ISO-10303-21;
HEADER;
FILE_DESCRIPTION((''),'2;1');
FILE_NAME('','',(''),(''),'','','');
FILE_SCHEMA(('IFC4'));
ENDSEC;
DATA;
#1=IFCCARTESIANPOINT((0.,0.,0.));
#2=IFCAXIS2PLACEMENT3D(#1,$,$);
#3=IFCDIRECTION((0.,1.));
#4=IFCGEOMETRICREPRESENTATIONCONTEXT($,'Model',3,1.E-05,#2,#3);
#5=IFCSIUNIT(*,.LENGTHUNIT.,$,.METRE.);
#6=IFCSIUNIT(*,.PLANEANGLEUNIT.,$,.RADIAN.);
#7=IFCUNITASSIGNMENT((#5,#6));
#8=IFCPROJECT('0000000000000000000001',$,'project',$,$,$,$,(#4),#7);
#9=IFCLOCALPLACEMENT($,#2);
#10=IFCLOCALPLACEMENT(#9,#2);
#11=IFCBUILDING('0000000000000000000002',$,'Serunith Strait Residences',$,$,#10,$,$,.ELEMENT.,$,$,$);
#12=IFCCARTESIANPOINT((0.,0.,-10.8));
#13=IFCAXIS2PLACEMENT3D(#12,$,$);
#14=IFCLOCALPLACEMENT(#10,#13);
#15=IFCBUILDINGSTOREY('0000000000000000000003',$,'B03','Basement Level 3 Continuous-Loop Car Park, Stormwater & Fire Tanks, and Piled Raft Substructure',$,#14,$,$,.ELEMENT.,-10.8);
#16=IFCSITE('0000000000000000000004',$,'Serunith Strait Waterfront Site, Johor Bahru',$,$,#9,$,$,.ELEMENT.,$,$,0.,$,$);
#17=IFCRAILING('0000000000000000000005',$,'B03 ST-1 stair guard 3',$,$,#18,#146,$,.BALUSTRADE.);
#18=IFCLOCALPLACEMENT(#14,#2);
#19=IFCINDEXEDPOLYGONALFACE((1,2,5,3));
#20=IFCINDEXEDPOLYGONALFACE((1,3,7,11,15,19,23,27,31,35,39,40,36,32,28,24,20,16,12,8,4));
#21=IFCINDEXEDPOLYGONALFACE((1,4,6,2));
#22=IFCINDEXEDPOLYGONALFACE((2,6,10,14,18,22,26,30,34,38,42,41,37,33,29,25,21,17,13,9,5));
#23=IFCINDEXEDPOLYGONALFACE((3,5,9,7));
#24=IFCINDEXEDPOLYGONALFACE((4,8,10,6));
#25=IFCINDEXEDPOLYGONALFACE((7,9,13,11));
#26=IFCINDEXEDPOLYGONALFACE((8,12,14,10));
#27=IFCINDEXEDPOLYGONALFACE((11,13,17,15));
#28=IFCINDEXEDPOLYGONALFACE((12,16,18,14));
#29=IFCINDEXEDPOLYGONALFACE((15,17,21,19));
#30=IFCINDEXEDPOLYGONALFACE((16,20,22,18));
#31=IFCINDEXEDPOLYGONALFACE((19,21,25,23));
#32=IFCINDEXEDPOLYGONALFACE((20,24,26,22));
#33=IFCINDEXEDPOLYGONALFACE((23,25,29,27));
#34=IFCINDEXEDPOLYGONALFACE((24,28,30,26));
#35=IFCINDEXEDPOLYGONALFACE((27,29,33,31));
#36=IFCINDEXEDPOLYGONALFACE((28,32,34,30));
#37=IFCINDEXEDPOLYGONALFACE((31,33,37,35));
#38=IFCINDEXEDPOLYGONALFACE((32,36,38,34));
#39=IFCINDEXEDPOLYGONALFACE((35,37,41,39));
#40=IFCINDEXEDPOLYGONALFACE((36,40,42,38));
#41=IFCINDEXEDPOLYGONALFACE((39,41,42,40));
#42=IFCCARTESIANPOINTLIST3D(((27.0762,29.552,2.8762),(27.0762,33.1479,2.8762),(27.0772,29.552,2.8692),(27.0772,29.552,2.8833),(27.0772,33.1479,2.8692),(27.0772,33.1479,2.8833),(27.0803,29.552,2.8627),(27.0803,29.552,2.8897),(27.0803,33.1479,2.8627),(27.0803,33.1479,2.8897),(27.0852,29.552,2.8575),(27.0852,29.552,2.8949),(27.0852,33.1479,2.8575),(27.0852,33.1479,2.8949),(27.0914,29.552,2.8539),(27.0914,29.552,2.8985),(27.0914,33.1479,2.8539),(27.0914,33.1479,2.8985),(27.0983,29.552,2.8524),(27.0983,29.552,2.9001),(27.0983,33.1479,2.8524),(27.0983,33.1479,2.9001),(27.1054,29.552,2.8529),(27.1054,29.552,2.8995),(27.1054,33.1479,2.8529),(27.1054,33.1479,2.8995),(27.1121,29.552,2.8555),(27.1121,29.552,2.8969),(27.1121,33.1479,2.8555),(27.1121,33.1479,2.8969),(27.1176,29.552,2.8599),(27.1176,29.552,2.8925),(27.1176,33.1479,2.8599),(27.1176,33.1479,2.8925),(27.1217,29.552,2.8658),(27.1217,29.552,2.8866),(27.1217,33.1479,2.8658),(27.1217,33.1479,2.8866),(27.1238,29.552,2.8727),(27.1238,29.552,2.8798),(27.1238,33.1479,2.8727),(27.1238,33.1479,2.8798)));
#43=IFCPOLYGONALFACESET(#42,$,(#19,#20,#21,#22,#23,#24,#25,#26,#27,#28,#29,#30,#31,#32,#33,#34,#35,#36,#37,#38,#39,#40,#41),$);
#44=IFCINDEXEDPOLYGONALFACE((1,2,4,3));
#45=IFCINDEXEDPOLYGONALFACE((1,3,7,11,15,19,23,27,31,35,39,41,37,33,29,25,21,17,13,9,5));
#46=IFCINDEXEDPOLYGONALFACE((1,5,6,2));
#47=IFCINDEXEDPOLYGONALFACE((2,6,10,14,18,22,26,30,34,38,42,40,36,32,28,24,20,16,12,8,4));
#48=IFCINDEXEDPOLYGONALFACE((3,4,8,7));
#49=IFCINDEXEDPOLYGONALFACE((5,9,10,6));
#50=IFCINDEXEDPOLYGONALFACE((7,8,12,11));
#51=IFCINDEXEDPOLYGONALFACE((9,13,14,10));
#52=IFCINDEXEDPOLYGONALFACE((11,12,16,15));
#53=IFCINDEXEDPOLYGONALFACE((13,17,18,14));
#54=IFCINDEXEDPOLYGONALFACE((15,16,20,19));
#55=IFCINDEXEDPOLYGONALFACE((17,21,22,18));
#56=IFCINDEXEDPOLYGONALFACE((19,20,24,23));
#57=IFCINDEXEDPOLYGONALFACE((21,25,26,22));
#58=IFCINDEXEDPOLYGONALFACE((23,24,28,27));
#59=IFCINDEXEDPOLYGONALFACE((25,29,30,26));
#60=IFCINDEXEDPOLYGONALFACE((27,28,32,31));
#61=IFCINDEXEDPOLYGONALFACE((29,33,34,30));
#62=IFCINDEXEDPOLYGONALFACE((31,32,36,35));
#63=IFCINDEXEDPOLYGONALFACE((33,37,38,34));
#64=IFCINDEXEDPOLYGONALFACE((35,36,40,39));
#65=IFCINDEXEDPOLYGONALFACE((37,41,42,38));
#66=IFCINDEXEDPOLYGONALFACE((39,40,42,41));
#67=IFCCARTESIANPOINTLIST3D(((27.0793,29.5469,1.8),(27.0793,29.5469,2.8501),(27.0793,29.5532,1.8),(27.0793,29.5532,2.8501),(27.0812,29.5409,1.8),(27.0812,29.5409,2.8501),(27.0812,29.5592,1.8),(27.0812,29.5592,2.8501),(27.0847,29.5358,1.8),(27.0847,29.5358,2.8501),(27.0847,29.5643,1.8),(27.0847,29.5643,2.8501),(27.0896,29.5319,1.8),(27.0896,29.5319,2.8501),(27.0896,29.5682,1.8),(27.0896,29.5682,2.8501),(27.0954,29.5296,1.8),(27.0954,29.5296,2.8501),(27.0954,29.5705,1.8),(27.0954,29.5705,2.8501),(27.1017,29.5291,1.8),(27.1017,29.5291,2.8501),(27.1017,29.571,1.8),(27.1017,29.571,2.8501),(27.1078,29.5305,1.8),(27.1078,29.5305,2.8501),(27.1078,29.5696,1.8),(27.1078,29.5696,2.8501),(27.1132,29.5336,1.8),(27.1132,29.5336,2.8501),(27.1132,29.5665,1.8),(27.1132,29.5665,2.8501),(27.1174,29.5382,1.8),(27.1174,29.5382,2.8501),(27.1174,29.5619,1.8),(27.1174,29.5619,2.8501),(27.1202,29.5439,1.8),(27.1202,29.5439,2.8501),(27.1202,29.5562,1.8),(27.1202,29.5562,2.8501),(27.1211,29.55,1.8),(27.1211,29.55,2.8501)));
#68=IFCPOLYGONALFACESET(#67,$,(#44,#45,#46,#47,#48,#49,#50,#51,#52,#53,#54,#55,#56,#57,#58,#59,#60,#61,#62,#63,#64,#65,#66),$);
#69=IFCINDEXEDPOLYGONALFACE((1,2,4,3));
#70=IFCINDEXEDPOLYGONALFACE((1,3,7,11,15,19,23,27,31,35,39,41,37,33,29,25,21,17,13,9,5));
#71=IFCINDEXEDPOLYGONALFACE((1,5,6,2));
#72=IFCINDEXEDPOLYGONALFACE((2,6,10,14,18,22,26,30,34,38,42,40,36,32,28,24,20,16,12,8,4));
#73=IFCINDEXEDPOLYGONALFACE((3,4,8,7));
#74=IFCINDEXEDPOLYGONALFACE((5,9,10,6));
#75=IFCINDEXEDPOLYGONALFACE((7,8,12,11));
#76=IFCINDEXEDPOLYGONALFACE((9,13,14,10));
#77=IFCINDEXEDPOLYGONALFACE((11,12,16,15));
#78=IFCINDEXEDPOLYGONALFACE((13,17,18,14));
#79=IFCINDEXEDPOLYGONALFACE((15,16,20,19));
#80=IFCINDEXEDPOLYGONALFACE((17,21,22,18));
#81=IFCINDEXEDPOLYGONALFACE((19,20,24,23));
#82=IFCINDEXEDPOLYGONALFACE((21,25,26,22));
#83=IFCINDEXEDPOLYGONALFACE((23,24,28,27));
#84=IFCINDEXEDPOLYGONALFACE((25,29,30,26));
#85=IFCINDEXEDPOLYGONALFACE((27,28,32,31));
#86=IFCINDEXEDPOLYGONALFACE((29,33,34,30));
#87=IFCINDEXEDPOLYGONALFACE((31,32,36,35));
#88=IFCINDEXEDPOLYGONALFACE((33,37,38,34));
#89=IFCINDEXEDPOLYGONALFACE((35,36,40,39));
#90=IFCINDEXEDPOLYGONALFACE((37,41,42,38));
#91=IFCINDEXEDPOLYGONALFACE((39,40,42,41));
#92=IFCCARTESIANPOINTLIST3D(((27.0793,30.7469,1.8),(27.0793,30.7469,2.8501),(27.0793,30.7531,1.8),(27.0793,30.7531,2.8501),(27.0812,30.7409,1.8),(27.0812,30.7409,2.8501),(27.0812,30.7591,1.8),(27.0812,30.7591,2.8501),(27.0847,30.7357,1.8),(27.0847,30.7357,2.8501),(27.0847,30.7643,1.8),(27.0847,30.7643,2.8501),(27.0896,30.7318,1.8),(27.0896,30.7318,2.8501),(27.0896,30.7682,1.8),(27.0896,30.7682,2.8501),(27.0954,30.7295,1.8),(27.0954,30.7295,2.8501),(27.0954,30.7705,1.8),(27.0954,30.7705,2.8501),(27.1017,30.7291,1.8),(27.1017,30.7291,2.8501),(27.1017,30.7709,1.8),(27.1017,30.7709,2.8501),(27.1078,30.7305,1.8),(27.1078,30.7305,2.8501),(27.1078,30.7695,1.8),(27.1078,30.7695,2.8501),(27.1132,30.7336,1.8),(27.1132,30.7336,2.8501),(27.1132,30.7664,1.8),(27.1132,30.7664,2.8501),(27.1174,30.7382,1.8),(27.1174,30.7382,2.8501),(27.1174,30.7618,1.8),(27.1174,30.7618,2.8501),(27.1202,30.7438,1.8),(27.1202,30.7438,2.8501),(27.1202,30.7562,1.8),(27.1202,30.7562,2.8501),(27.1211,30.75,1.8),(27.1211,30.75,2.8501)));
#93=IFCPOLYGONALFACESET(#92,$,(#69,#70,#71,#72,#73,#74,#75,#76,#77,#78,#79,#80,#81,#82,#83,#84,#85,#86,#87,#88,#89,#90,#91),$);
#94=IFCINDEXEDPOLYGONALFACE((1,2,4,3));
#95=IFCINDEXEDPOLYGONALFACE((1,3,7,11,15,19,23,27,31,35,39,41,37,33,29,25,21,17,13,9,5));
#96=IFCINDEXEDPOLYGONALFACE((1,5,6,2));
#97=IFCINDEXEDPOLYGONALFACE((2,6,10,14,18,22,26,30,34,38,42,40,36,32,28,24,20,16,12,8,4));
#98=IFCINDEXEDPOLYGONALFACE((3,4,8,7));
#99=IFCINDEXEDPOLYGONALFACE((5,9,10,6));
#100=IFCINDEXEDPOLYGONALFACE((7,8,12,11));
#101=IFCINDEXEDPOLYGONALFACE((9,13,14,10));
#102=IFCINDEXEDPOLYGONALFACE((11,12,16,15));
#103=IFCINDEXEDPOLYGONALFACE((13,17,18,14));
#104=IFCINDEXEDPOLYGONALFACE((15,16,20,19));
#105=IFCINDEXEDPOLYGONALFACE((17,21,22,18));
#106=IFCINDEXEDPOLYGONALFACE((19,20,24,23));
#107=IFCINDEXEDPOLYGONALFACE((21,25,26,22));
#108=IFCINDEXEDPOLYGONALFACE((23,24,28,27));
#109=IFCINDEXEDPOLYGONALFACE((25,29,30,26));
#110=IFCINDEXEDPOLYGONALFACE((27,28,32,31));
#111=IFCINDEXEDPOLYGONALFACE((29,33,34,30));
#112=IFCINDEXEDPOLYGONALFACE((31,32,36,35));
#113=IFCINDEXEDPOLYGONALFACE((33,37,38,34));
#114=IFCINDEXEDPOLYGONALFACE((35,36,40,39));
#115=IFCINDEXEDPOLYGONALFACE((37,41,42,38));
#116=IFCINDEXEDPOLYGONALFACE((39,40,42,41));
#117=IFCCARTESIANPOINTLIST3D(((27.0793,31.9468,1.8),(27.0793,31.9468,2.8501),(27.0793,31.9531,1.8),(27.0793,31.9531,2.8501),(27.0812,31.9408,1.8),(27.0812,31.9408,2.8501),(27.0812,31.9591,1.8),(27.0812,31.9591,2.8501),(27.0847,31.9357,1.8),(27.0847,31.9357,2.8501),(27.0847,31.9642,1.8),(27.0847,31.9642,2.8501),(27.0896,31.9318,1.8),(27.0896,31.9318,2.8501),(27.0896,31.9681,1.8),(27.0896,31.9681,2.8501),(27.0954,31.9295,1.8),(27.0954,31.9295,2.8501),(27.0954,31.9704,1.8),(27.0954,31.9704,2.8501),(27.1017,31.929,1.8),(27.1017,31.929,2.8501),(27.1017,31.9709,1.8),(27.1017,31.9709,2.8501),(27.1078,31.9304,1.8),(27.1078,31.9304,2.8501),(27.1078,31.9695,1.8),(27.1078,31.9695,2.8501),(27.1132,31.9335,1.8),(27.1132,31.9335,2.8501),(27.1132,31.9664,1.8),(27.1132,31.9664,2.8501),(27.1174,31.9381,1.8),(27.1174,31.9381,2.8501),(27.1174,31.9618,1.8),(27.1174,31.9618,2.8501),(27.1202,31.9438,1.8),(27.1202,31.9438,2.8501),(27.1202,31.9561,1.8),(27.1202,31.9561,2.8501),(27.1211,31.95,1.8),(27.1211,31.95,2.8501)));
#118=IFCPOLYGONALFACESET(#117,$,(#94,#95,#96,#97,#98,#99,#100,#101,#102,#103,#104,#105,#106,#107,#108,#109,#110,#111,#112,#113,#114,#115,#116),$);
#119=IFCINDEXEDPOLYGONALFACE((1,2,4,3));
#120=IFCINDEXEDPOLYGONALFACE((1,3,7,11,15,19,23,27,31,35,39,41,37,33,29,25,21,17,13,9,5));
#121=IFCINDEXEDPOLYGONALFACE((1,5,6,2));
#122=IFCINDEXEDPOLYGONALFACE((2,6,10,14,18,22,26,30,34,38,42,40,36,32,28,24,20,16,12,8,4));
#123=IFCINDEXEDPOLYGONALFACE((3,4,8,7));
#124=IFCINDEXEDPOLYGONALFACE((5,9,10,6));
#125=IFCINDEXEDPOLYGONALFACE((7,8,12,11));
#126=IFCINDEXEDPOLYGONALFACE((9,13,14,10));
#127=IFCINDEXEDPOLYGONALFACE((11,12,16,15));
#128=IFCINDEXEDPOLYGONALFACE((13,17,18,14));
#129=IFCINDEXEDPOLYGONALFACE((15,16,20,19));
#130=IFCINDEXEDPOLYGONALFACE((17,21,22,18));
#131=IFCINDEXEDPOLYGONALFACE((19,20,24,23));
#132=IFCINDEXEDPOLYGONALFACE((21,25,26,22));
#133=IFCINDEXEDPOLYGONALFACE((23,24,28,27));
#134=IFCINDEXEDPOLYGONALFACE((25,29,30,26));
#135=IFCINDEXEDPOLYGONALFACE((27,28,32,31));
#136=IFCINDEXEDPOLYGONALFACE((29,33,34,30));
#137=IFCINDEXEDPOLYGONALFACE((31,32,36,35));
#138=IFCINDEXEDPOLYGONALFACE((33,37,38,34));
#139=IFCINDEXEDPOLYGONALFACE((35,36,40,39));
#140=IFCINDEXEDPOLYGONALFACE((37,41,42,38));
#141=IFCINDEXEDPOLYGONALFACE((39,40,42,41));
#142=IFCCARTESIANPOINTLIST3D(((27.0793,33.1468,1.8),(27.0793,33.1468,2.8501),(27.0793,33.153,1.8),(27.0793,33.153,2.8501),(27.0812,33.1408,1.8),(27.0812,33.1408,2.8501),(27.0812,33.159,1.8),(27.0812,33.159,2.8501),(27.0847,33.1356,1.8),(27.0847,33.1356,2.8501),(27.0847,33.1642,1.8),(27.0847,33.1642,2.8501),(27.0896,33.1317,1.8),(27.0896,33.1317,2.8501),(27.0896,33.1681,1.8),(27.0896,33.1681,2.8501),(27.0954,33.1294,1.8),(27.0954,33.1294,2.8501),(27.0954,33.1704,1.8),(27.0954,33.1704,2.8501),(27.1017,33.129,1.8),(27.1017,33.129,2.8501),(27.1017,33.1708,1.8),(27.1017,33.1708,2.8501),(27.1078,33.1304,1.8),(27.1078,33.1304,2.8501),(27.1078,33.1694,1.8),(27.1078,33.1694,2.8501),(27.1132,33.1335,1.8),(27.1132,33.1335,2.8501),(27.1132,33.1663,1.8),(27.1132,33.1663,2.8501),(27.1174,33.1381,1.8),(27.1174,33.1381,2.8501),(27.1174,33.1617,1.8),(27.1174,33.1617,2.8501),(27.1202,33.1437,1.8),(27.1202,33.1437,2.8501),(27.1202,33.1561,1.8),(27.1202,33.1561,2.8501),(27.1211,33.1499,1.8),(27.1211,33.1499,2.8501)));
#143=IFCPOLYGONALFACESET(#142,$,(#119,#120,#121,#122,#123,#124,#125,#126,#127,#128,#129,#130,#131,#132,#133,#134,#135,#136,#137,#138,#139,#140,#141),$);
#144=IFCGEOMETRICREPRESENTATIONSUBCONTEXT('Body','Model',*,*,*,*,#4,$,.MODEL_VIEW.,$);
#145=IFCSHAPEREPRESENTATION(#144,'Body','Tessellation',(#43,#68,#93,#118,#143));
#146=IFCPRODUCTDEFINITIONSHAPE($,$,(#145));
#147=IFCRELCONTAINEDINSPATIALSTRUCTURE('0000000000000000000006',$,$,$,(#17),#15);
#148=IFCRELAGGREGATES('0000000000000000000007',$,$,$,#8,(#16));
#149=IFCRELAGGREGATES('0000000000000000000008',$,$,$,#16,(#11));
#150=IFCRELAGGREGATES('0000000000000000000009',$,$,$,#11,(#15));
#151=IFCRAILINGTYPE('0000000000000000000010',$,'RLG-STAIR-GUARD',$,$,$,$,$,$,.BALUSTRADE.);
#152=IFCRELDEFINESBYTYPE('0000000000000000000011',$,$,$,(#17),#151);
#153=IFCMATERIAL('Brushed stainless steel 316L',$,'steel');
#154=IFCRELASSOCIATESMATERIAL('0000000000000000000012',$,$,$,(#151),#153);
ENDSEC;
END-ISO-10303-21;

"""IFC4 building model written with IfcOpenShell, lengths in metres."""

from ifc_helpers import new_model, si_unit, direction, frame, origin, origin_2d, place, context, subcontext, project, spatial, circle, extrude, material, type_object, element, save


model = new_model("IFC4")

# Units and contexts
model_context = context("Model", 3, precision=1e-05, world=origin(), true_north=direction((0.0, 1.0)))
body_context = subcontext(model_context, "Body", "Model", "MODEL_VIEW")
ifc_project = project(units=[si_unit("LENGTHUNIT", "METRE"), si_unit("PLANEANGLEUNIT", "RADIAN")], contexts=[model_context])

# Site, building, storey
site_placement = place(None, origin())
site = spatial("IfcSite", under=ifc_project, at=site_placement, Name="Serunith Strait Waterfront Site, Johor Bahru", CompositionType="ELEMENT", RefElevation=0.0)
building_placement = place(site_placement, origin())
building = spatial("IfcBuilding", under=site, at=building_placement, Name="Serunith Strait Residences", CompositionType="ELEMENT")
storey_placement = place(building_placement, frame((0.0, 0.0, -10.8)))
storey = spatial("IfcBuildingStorey", under=building, at=storey_placement, Name="B03", Description="Basement Level 3 Continuous-Loop Car Park, Stormwater & Fire Tanks, and Piled Raft Substructure", CompositionType="ELEMENT", Elevation=-10.8)

# Railing
ifc_material_1 = material(Name="Brushed stainless steel 316L", Category="steel")
railing_type_1 = type_object("IfcRailingType", Name="RLG-STAIR-GUARD", PredefinedType="BALUSTRADE", material=ifc_material_1)
for number, where, name in (
    (1, (27.1001, 29.55, 1.8), "B03 ST-1 stair guard 3"),
):
    element("IfcRailing", number, at=place(storey_placement, frame(where)), inside=storey, type_object=railing_type_1, Name=name, PredefinedType="BALUSTRADE", context=body_context, shape_type="SweptSolid", body=[
        extrude(circle(Radius=0.0239, at=origin_2d()), frame((0.0, 0.002, 1.0762), z_axis=(0.0, 1.0, 0.0), x_axis=(-1.0, 0.0, 0.0)), (0.0, 0.0, 1.0), 3.5959),
        extrude(circle(Radius=0.021, at=origin_2d()), origin(), (0.0, 0.0, 1.0), 1.05),
        extrude(circle(Radius=0.021, at=origin_2d()), frame((0.0, 1.2, 0.0)), (0.0, 0.0, 1.0), 1.05),
        extrude(circle(Radius=0.021, at=origin_2d()), frame((0.0, 2.3999, 0.0)), (0.0, 0.0, 1.0), 1.05),
        extrude(circle(Radius=0.021, at=origin_2d()), frame((0.0, 3.5999, 0.0)), (0.0, 0.0, 1.0), 1.05),
    ])

save(model, "model.ifc")
